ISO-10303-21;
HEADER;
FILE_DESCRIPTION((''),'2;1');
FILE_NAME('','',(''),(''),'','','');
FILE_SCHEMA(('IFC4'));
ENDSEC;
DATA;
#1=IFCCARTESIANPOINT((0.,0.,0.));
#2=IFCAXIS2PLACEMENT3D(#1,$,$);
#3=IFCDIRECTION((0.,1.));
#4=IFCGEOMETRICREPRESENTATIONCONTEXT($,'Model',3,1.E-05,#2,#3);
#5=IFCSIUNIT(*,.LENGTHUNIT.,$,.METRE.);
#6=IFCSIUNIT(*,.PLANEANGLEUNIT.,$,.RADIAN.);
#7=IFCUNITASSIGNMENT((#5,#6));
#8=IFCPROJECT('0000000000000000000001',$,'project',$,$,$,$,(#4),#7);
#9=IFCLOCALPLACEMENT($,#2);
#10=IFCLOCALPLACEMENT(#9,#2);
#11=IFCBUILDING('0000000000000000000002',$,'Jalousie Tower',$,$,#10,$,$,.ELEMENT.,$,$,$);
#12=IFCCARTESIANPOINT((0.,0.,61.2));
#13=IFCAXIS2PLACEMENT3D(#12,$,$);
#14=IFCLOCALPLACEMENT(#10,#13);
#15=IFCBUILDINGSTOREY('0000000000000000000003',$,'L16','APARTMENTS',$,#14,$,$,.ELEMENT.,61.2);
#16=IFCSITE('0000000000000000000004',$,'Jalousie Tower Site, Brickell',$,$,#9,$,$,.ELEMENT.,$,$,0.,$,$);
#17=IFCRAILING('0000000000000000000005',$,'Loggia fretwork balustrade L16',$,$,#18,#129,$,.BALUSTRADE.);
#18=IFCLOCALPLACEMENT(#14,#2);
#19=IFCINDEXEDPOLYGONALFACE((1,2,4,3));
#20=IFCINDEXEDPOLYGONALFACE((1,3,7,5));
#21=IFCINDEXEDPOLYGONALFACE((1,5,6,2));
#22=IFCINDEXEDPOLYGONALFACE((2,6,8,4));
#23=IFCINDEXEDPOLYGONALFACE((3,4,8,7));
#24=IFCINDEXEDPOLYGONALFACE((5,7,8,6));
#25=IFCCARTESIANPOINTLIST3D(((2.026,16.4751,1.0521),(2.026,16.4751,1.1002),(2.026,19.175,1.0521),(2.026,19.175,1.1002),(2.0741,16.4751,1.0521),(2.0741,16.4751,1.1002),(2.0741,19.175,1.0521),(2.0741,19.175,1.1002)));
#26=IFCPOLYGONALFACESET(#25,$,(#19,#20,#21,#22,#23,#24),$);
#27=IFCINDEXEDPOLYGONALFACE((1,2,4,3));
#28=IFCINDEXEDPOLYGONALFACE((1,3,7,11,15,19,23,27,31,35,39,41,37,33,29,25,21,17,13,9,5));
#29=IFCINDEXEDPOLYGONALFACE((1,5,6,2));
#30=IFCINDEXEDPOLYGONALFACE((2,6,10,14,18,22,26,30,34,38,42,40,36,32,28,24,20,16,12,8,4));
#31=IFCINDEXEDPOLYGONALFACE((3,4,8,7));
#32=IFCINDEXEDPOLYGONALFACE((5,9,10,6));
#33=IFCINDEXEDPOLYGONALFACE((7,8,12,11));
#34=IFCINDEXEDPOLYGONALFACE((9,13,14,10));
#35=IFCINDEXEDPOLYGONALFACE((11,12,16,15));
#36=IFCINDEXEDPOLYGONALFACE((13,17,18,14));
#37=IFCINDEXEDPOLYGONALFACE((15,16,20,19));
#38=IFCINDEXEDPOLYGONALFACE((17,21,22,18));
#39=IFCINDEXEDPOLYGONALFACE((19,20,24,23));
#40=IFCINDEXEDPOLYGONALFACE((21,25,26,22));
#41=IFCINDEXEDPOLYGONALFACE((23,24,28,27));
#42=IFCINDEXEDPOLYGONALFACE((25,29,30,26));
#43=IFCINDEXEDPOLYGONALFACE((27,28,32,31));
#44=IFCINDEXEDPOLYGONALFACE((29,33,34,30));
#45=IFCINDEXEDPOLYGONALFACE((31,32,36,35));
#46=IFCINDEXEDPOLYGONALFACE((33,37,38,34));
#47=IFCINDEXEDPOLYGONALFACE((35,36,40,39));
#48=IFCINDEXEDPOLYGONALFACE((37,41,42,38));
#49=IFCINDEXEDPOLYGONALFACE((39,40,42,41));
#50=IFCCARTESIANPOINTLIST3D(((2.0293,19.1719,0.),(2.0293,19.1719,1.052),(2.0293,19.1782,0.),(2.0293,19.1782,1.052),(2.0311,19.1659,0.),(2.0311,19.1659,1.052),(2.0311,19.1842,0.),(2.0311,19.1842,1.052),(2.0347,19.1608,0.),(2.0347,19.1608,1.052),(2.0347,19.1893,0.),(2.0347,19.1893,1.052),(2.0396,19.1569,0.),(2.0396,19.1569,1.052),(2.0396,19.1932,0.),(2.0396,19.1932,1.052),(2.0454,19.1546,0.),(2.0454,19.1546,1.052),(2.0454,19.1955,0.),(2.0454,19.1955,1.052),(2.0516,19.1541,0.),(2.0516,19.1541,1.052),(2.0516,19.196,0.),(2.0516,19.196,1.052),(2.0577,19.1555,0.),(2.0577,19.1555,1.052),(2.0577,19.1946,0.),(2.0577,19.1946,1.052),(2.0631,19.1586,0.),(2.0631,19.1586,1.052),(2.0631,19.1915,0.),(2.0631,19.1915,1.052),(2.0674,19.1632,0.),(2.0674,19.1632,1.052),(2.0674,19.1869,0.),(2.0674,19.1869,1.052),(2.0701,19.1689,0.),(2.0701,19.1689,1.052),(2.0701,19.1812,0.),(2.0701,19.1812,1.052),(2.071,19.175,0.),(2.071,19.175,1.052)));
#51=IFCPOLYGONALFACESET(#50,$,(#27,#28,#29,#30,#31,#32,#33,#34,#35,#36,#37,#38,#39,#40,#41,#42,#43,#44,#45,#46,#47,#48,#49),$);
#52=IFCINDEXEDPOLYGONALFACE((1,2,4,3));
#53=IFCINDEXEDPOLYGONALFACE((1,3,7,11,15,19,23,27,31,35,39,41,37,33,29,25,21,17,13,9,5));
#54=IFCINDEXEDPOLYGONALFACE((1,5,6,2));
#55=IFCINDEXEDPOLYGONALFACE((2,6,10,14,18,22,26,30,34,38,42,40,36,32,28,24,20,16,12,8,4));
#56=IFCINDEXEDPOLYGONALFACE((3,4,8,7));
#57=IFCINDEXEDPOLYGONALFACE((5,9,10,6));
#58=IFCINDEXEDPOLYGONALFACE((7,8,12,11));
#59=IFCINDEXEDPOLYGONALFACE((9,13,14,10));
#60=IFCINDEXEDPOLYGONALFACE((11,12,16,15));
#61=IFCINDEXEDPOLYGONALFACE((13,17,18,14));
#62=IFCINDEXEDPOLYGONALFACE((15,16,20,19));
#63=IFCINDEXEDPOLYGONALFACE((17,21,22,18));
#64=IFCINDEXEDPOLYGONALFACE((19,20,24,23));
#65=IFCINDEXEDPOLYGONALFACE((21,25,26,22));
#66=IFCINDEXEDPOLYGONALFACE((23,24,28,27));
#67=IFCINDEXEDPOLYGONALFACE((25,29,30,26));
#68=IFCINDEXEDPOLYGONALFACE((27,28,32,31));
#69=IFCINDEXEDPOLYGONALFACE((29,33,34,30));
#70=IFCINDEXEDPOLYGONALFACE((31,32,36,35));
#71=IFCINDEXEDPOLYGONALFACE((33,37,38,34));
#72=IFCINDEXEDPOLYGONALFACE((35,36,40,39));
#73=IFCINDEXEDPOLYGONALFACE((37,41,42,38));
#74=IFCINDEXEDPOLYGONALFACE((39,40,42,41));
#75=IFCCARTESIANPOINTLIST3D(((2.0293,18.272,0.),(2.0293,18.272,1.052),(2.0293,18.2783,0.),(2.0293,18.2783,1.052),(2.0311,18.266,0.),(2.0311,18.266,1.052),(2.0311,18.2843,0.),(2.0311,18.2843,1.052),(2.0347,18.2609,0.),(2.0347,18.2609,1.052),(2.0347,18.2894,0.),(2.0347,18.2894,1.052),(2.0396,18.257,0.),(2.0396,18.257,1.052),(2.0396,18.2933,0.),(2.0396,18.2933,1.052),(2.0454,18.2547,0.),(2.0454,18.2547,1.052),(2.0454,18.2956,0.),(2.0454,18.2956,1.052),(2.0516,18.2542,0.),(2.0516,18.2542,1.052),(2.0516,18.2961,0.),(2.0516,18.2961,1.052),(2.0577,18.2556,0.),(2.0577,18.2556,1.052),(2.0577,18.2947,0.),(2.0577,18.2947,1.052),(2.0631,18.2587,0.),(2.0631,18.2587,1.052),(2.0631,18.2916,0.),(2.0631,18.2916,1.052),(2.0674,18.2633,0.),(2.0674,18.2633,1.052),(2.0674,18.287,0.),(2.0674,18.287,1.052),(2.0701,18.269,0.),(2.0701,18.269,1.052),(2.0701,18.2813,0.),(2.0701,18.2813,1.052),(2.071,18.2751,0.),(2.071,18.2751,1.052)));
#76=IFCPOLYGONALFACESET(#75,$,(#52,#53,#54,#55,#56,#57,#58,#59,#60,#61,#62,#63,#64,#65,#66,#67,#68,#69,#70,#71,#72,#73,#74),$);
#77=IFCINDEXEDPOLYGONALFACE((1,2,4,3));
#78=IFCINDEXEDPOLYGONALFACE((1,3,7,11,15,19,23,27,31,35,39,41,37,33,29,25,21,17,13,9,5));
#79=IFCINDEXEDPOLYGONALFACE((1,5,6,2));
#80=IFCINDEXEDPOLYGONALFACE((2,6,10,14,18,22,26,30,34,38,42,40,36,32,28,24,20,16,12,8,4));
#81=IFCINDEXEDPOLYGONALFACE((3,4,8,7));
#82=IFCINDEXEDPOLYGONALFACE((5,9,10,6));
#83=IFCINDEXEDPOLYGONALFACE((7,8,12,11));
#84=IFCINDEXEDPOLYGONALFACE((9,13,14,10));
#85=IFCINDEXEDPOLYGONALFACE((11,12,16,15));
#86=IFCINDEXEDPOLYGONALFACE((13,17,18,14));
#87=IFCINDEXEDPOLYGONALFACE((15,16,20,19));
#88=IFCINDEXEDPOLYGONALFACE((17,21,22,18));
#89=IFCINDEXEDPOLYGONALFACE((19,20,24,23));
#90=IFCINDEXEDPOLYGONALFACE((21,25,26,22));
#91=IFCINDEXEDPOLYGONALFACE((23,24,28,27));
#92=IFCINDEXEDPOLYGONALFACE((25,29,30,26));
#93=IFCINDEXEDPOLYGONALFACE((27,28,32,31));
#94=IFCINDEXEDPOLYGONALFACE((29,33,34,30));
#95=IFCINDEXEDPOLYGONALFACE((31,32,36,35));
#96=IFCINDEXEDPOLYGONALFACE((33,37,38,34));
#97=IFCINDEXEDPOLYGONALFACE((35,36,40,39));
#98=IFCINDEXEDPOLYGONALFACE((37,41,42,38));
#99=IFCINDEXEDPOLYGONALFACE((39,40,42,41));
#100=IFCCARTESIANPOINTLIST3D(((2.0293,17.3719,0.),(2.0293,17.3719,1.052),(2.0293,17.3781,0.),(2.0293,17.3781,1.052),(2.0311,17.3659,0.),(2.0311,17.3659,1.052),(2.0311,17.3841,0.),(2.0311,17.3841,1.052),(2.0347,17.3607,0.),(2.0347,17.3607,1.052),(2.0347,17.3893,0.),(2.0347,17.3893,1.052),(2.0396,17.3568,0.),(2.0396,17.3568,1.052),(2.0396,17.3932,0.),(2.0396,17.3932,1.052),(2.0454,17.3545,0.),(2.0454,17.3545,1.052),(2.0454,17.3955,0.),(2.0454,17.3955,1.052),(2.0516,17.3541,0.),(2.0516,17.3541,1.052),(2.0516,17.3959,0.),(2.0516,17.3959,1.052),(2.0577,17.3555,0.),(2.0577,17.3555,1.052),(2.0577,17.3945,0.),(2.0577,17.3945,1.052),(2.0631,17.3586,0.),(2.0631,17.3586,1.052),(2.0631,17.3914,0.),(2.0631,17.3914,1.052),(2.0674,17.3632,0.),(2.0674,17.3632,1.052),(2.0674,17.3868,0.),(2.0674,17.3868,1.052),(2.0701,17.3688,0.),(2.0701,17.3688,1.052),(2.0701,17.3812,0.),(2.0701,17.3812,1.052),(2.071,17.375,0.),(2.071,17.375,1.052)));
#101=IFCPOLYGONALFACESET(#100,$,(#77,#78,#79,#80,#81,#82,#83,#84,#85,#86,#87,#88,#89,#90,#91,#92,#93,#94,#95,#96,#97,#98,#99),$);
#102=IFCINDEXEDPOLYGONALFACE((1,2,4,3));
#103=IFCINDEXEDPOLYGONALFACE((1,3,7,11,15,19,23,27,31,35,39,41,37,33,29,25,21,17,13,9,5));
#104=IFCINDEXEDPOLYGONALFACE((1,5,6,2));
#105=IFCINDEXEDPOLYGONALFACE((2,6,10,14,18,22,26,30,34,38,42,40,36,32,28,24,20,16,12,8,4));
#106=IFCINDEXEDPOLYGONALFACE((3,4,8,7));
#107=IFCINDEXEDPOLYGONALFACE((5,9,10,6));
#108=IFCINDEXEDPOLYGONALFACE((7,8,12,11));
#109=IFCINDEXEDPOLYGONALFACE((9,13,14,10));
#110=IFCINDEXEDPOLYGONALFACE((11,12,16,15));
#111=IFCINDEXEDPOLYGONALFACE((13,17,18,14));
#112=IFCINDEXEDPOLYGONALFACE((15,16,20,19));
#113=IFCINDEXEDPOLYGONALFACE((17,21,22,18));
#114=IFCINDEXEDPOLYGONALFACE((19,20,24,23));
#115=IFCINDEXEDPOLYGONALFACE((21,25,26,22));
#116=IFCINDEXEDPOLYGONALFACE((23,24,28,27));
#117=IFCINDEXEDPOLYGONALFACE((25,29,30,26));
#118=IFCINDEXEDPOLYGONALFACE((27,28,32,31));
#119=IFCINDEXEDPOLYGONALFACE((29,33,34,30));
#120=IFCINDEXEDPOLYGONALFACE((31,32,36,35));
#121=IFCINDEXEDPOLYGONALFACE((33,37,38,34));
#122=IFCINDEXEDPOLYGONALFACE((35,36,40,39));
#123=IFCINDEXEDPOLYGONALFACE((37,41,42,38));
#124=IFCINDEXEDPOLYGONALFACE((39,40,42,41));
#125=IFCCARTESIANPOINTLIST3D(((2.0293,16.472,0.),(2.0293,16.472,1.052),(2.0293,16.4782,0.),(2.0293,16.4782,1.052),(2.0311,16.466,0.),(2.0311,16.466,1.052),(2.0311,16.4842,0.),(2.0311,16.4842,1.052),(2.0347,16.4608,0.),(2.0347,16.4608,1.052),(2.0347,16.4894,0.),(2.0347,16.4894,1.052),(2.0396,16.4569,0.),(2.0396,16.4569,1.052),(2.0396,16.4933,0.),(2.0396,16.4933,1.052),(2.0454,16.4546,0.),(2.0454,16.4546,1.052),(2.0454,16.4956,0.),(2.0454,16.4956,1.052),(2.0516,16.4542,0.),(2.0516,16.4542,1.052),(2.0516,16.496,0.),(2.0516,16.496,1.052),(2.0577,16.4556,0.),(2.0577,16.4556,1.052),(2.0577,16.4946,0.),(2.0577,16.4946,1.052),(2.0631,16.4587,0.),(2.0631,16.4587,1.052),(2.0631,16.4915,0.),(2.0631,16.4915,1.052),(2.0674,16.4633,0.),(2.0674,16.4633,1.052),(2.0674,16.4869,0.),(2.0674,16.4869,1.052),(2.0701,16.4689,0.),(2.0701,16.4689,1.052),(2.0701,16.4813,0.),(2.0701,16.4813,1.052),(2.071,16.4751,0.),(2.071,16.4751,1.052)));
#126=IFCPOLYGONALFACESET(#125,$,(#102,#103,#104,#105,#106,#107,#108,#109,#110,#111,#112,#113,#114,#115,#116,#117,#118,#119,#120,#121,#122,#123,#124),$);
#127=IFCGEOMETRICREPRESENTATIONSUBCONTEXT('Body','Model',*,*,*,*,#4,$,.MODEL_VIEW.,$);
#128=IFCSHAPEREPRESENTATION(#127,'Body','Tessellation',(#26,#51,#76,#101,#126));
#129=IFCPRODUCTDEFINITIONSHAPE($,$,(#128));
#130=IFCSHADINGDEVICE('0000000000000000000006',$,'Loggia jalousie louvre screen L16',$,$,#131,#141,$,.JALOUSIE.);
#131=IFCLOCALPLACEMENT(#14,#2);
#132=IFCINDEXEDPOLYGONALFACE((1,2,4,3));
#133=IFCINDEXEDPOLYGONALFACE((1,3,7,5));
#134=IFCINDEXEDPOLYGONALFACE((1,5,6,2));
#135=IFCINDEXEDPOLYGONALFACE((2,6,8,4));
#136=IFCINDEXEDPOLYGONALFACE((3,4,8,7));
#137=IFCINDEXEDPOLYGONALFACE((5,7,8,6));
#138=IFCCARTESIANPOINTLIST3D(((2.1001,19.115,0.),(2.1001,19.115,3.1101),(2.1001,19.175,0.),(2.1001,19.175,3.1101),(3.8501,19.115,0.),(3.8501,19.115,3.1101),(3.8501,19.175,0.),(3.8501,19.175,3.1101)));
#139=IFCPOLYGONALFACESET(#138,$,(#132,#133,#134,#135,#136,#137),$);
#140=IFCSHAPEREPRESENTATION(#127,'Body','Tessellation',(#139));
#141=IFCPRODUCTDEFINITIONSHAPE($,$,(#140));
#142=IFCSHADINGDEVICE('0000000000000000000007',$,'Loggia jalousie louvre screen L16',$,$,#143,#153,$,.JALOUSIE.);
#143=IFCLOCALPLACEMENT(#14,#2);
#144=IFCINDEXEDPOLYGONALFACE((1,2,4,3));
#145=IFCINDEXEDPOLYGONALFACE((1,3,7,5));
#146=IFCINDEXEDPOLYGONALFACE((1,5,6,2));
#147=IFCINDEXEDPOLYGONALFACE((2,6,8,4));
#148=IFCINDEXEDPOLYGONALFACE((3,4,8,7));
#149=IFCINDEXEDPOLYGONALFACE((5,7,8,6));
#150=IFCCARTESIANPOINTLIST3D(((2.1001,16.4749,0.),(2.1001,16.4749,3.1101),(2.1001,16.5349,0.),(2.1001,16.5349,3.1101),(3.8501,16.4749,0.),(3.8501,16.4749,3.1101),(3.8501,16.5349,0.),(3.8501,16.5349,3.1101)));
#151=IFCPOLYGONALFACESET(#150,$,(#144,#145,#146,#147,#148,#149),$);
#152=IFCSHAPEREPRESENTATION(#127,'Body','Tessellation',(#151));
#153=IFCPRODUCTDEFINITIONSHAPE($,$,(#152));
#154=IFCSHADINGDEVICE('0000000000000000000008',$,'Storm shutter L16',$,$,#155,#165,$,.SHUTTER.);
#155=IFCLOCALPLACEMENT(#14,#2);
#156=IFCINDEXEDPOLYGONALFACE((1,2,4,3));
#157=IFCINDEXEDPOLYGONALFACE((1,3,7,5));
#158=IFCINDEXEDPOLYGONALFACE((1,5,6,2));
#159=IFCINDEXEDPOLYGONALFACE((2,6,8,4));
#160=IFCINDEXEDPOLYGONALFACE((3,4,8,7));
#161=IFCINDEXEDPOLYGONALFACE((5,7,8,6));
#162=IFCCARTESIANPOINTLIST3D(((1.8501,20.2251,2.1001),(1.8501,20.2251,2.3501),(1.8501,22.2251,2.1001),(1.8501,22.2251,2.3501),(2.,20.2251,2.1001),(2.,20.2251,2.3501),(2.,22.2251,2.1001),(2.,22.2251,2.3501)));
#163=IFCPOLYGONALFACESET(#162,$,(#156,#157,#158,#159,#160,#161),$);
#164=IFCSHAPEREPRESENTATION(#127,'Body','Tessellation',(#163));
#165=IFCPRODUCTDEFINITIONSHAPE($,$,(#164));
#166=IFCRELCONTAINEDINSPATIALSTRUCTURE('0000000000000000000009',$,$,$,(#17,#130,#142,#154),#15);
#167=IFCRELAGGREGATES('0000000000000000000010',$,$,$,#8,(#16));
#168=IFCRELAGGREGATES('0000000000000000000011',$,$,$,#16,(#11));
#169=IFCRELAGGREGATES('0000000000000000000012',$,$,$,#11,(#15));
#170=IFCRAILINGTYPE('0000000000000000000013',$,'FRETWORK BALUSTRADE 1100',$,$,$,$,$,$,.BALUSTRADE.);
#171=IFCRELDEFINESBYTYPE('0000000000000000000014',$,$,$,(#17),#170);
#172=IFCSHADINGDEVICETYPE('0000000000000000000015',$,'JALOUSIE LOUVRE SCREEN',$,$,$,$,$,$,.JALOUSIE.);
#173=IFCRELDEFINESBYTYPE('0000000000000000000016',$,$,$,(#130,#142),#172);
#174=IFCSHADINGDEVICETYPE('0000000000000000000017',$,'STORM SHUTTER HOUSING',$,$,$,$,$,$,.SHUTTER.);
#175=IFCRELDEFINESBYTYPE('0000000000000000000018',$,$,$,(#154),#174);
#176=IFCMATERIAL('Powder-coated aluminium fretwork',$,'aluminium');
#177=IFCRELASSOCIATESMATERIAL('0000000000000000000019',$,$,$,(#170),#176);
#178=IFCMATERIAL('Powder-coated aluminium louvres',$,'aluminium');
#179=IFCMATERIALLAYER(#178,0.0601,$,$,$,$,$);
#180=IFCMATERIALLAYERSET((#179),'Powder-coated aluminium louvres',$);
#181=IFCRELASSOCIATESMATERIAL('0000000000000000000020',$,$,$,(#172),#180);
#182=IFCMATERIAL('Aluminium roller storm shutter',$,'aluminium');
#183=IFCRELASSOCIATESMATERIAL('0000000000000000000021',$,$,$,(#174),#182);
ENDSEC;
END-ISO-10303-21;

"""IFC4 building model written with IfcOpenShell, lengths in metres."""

from ifc_helpers import new_model, si_unit, direction, frame, origin, origin_2d, place, context, subcontext, project, spatial, rectangle, circle, extrude, material, layer, layer_set, type_object, element, save


model = new_model("IFC4")

# Units and contexts
model_context = context("Model", 3, precision=1e-05, world=origin(), true_north=direction((0.0, 1.0)))
body_context = subcontext(model_context, "Body", "Model", "MODEL_VIEW")
ifc_project = project(units=[si_unit("LENGTHUNIT", "METRE"), si_unit("PLANEANGLEUNIT", "RADIAN")], contexts=[model_context])

# Site, building, storey
site_placement = place(None, origin())
site = spatial("IfcSite", under=ifc_project, at=site_placement, Name="Jalousie Tower Site, Brickell", CompositionType="ELEMENT", RefElevation=0.0)
building_placement = place(site_placement, origin())
building = spatial("IfcBuilding", under=site, at=building_placement, Name="Jalousie Tower", CompositionType="ELEMENT")
storey_placement = place(building_placement, frame((0.0, 0.0, 61.2)))
storey = spatial("IfcBuildingStorey", under=building, at=storey_placement, Name="L16", Description="APARTMENTS", CompositionType="ELEMENT", Elevation=61.2)

# Railing
ifc_material_1 = material(Name="Powder-coated aluminium fretwork", Category="aluminium")
railing_type = type_object("IfcRailingType", Name="FRETWORK BALUSTRADE 1100", PredefinedType="BALUSTRADE", material=ifc_material_1)
railing_placement = place(storey_placement, frame((2.05, 19.175, 0.0)))
element("IfcRailing", 1, at=railing_placement, inside=storey, type_object=railing_type, Name="Loggia fretwork balustrade L16", PredefinedType="BALUSTRADE", context=body_context, shape_type="SweptSolid", body=[
    extrude(rectangle(XDim=0.0481, YDim=0.0481, at=origin_2d()), frame((0.0, 0.0, 1.0762), z_axis=(0.0, -1.0, 0.0), x_axis=(1.0, 0.0, 0.0)), (0.0, 0.0, 1.0), 2.7),
    extrude(circle(Radius=0.021, at=origin_2d()), origin(), (0.0, 0.0, 1.0), 1.052),
    extrude(circle(Radius=0.021, at=origin_2d()), frame((0.0, -0.8999, 0.0)), (0.0, 0.0, 1.0), 1.052),
    extrude(circle(Radius=0.021, at=origin_2d()), frame((0.0, -1.8, 0.0)), (0.0, 0.0, 1.0), 1.052),
    extrude(circle(Radius=0.021, at=origin_2d()), frame((0.0, -2.7, 0.0)), (0.0, 0.0, 1.0), 1.052),
])

# Shading devices
ifc_material_2 = material(Name="Powder-coated aluminium louvres", Category="aluminium")
ifc_layer_1 = layer(ifc_material_2, 0.0601)
ifc_layer_set_1 = layer_set([ifc_layer_1], Name="Powder-coated aluminium louvres")
shading_device_type_1 = type_object("IfcShadingDeviceType", Name="JALOUSIE LOUVRE SCREEN", PredefinedType="JALOUSIE", material=ifc_layer_set_1)
for number, where, z_axis, x_axis, name in (
    (2, (2.9751, 19.145, 0.0), (0.0, 0.0, 1.0), (0.0, -1.0, 0.0), "Loggia jalousie louvre screen L16"),
    (3, (2.9751, 16.5049, 0.0), (0.0, 0.0, 1.0), (0.0, -1.0, 0.0), "Loggia jalousie louvre screen L16"),
):
    element("IfcShadingDevice", number, at=place(storey_placement, frame(where, z_axis=z_axis, x_axis=x_axis)), inside=storey, type_object=shading_device_type_1, Name=name, PredefinedType="JALOUSIE", context=body_context, shape_type="SweptSolid", body=[
        extrude(rectangle(XDim=0.0601, YDim=1.75, at=origin_2d()), origin(), (0.0, 0.0, 1.0), 3.1101),
    ])
ifc_material_3 = material(Name="Aluminium roller storm shutter", Category="aluminium")
shading_device_type_2 = type_object("IfcShadingDeviceType", Name="STORM SHUTTER HOUSING", PredefinedType="SHUTTER", material=ifc_material_3)
shading_device_placement = place(storey_placement, frame((1.925, 21.2251, 2.1001), z_axis=(0.0, 0.0, 1.0), x_axis=(0.0, -1.0, 0.0)))
element("IfcShadingDevice", 4, at=shading_device_placement, inside=storey, type_object=shading_device_type_2, Name="Storm shutter L16", PredefinedType="SHUTTER", context=body_context, shape_type="SweptSolid", body=[
    extrude(rectangle(XDim=2.0, YDim=0.1499, at=origin_2d()), origin(), (0.0, 0.0, 1.0), 0.25),
])

save(model, "model.ifc")
